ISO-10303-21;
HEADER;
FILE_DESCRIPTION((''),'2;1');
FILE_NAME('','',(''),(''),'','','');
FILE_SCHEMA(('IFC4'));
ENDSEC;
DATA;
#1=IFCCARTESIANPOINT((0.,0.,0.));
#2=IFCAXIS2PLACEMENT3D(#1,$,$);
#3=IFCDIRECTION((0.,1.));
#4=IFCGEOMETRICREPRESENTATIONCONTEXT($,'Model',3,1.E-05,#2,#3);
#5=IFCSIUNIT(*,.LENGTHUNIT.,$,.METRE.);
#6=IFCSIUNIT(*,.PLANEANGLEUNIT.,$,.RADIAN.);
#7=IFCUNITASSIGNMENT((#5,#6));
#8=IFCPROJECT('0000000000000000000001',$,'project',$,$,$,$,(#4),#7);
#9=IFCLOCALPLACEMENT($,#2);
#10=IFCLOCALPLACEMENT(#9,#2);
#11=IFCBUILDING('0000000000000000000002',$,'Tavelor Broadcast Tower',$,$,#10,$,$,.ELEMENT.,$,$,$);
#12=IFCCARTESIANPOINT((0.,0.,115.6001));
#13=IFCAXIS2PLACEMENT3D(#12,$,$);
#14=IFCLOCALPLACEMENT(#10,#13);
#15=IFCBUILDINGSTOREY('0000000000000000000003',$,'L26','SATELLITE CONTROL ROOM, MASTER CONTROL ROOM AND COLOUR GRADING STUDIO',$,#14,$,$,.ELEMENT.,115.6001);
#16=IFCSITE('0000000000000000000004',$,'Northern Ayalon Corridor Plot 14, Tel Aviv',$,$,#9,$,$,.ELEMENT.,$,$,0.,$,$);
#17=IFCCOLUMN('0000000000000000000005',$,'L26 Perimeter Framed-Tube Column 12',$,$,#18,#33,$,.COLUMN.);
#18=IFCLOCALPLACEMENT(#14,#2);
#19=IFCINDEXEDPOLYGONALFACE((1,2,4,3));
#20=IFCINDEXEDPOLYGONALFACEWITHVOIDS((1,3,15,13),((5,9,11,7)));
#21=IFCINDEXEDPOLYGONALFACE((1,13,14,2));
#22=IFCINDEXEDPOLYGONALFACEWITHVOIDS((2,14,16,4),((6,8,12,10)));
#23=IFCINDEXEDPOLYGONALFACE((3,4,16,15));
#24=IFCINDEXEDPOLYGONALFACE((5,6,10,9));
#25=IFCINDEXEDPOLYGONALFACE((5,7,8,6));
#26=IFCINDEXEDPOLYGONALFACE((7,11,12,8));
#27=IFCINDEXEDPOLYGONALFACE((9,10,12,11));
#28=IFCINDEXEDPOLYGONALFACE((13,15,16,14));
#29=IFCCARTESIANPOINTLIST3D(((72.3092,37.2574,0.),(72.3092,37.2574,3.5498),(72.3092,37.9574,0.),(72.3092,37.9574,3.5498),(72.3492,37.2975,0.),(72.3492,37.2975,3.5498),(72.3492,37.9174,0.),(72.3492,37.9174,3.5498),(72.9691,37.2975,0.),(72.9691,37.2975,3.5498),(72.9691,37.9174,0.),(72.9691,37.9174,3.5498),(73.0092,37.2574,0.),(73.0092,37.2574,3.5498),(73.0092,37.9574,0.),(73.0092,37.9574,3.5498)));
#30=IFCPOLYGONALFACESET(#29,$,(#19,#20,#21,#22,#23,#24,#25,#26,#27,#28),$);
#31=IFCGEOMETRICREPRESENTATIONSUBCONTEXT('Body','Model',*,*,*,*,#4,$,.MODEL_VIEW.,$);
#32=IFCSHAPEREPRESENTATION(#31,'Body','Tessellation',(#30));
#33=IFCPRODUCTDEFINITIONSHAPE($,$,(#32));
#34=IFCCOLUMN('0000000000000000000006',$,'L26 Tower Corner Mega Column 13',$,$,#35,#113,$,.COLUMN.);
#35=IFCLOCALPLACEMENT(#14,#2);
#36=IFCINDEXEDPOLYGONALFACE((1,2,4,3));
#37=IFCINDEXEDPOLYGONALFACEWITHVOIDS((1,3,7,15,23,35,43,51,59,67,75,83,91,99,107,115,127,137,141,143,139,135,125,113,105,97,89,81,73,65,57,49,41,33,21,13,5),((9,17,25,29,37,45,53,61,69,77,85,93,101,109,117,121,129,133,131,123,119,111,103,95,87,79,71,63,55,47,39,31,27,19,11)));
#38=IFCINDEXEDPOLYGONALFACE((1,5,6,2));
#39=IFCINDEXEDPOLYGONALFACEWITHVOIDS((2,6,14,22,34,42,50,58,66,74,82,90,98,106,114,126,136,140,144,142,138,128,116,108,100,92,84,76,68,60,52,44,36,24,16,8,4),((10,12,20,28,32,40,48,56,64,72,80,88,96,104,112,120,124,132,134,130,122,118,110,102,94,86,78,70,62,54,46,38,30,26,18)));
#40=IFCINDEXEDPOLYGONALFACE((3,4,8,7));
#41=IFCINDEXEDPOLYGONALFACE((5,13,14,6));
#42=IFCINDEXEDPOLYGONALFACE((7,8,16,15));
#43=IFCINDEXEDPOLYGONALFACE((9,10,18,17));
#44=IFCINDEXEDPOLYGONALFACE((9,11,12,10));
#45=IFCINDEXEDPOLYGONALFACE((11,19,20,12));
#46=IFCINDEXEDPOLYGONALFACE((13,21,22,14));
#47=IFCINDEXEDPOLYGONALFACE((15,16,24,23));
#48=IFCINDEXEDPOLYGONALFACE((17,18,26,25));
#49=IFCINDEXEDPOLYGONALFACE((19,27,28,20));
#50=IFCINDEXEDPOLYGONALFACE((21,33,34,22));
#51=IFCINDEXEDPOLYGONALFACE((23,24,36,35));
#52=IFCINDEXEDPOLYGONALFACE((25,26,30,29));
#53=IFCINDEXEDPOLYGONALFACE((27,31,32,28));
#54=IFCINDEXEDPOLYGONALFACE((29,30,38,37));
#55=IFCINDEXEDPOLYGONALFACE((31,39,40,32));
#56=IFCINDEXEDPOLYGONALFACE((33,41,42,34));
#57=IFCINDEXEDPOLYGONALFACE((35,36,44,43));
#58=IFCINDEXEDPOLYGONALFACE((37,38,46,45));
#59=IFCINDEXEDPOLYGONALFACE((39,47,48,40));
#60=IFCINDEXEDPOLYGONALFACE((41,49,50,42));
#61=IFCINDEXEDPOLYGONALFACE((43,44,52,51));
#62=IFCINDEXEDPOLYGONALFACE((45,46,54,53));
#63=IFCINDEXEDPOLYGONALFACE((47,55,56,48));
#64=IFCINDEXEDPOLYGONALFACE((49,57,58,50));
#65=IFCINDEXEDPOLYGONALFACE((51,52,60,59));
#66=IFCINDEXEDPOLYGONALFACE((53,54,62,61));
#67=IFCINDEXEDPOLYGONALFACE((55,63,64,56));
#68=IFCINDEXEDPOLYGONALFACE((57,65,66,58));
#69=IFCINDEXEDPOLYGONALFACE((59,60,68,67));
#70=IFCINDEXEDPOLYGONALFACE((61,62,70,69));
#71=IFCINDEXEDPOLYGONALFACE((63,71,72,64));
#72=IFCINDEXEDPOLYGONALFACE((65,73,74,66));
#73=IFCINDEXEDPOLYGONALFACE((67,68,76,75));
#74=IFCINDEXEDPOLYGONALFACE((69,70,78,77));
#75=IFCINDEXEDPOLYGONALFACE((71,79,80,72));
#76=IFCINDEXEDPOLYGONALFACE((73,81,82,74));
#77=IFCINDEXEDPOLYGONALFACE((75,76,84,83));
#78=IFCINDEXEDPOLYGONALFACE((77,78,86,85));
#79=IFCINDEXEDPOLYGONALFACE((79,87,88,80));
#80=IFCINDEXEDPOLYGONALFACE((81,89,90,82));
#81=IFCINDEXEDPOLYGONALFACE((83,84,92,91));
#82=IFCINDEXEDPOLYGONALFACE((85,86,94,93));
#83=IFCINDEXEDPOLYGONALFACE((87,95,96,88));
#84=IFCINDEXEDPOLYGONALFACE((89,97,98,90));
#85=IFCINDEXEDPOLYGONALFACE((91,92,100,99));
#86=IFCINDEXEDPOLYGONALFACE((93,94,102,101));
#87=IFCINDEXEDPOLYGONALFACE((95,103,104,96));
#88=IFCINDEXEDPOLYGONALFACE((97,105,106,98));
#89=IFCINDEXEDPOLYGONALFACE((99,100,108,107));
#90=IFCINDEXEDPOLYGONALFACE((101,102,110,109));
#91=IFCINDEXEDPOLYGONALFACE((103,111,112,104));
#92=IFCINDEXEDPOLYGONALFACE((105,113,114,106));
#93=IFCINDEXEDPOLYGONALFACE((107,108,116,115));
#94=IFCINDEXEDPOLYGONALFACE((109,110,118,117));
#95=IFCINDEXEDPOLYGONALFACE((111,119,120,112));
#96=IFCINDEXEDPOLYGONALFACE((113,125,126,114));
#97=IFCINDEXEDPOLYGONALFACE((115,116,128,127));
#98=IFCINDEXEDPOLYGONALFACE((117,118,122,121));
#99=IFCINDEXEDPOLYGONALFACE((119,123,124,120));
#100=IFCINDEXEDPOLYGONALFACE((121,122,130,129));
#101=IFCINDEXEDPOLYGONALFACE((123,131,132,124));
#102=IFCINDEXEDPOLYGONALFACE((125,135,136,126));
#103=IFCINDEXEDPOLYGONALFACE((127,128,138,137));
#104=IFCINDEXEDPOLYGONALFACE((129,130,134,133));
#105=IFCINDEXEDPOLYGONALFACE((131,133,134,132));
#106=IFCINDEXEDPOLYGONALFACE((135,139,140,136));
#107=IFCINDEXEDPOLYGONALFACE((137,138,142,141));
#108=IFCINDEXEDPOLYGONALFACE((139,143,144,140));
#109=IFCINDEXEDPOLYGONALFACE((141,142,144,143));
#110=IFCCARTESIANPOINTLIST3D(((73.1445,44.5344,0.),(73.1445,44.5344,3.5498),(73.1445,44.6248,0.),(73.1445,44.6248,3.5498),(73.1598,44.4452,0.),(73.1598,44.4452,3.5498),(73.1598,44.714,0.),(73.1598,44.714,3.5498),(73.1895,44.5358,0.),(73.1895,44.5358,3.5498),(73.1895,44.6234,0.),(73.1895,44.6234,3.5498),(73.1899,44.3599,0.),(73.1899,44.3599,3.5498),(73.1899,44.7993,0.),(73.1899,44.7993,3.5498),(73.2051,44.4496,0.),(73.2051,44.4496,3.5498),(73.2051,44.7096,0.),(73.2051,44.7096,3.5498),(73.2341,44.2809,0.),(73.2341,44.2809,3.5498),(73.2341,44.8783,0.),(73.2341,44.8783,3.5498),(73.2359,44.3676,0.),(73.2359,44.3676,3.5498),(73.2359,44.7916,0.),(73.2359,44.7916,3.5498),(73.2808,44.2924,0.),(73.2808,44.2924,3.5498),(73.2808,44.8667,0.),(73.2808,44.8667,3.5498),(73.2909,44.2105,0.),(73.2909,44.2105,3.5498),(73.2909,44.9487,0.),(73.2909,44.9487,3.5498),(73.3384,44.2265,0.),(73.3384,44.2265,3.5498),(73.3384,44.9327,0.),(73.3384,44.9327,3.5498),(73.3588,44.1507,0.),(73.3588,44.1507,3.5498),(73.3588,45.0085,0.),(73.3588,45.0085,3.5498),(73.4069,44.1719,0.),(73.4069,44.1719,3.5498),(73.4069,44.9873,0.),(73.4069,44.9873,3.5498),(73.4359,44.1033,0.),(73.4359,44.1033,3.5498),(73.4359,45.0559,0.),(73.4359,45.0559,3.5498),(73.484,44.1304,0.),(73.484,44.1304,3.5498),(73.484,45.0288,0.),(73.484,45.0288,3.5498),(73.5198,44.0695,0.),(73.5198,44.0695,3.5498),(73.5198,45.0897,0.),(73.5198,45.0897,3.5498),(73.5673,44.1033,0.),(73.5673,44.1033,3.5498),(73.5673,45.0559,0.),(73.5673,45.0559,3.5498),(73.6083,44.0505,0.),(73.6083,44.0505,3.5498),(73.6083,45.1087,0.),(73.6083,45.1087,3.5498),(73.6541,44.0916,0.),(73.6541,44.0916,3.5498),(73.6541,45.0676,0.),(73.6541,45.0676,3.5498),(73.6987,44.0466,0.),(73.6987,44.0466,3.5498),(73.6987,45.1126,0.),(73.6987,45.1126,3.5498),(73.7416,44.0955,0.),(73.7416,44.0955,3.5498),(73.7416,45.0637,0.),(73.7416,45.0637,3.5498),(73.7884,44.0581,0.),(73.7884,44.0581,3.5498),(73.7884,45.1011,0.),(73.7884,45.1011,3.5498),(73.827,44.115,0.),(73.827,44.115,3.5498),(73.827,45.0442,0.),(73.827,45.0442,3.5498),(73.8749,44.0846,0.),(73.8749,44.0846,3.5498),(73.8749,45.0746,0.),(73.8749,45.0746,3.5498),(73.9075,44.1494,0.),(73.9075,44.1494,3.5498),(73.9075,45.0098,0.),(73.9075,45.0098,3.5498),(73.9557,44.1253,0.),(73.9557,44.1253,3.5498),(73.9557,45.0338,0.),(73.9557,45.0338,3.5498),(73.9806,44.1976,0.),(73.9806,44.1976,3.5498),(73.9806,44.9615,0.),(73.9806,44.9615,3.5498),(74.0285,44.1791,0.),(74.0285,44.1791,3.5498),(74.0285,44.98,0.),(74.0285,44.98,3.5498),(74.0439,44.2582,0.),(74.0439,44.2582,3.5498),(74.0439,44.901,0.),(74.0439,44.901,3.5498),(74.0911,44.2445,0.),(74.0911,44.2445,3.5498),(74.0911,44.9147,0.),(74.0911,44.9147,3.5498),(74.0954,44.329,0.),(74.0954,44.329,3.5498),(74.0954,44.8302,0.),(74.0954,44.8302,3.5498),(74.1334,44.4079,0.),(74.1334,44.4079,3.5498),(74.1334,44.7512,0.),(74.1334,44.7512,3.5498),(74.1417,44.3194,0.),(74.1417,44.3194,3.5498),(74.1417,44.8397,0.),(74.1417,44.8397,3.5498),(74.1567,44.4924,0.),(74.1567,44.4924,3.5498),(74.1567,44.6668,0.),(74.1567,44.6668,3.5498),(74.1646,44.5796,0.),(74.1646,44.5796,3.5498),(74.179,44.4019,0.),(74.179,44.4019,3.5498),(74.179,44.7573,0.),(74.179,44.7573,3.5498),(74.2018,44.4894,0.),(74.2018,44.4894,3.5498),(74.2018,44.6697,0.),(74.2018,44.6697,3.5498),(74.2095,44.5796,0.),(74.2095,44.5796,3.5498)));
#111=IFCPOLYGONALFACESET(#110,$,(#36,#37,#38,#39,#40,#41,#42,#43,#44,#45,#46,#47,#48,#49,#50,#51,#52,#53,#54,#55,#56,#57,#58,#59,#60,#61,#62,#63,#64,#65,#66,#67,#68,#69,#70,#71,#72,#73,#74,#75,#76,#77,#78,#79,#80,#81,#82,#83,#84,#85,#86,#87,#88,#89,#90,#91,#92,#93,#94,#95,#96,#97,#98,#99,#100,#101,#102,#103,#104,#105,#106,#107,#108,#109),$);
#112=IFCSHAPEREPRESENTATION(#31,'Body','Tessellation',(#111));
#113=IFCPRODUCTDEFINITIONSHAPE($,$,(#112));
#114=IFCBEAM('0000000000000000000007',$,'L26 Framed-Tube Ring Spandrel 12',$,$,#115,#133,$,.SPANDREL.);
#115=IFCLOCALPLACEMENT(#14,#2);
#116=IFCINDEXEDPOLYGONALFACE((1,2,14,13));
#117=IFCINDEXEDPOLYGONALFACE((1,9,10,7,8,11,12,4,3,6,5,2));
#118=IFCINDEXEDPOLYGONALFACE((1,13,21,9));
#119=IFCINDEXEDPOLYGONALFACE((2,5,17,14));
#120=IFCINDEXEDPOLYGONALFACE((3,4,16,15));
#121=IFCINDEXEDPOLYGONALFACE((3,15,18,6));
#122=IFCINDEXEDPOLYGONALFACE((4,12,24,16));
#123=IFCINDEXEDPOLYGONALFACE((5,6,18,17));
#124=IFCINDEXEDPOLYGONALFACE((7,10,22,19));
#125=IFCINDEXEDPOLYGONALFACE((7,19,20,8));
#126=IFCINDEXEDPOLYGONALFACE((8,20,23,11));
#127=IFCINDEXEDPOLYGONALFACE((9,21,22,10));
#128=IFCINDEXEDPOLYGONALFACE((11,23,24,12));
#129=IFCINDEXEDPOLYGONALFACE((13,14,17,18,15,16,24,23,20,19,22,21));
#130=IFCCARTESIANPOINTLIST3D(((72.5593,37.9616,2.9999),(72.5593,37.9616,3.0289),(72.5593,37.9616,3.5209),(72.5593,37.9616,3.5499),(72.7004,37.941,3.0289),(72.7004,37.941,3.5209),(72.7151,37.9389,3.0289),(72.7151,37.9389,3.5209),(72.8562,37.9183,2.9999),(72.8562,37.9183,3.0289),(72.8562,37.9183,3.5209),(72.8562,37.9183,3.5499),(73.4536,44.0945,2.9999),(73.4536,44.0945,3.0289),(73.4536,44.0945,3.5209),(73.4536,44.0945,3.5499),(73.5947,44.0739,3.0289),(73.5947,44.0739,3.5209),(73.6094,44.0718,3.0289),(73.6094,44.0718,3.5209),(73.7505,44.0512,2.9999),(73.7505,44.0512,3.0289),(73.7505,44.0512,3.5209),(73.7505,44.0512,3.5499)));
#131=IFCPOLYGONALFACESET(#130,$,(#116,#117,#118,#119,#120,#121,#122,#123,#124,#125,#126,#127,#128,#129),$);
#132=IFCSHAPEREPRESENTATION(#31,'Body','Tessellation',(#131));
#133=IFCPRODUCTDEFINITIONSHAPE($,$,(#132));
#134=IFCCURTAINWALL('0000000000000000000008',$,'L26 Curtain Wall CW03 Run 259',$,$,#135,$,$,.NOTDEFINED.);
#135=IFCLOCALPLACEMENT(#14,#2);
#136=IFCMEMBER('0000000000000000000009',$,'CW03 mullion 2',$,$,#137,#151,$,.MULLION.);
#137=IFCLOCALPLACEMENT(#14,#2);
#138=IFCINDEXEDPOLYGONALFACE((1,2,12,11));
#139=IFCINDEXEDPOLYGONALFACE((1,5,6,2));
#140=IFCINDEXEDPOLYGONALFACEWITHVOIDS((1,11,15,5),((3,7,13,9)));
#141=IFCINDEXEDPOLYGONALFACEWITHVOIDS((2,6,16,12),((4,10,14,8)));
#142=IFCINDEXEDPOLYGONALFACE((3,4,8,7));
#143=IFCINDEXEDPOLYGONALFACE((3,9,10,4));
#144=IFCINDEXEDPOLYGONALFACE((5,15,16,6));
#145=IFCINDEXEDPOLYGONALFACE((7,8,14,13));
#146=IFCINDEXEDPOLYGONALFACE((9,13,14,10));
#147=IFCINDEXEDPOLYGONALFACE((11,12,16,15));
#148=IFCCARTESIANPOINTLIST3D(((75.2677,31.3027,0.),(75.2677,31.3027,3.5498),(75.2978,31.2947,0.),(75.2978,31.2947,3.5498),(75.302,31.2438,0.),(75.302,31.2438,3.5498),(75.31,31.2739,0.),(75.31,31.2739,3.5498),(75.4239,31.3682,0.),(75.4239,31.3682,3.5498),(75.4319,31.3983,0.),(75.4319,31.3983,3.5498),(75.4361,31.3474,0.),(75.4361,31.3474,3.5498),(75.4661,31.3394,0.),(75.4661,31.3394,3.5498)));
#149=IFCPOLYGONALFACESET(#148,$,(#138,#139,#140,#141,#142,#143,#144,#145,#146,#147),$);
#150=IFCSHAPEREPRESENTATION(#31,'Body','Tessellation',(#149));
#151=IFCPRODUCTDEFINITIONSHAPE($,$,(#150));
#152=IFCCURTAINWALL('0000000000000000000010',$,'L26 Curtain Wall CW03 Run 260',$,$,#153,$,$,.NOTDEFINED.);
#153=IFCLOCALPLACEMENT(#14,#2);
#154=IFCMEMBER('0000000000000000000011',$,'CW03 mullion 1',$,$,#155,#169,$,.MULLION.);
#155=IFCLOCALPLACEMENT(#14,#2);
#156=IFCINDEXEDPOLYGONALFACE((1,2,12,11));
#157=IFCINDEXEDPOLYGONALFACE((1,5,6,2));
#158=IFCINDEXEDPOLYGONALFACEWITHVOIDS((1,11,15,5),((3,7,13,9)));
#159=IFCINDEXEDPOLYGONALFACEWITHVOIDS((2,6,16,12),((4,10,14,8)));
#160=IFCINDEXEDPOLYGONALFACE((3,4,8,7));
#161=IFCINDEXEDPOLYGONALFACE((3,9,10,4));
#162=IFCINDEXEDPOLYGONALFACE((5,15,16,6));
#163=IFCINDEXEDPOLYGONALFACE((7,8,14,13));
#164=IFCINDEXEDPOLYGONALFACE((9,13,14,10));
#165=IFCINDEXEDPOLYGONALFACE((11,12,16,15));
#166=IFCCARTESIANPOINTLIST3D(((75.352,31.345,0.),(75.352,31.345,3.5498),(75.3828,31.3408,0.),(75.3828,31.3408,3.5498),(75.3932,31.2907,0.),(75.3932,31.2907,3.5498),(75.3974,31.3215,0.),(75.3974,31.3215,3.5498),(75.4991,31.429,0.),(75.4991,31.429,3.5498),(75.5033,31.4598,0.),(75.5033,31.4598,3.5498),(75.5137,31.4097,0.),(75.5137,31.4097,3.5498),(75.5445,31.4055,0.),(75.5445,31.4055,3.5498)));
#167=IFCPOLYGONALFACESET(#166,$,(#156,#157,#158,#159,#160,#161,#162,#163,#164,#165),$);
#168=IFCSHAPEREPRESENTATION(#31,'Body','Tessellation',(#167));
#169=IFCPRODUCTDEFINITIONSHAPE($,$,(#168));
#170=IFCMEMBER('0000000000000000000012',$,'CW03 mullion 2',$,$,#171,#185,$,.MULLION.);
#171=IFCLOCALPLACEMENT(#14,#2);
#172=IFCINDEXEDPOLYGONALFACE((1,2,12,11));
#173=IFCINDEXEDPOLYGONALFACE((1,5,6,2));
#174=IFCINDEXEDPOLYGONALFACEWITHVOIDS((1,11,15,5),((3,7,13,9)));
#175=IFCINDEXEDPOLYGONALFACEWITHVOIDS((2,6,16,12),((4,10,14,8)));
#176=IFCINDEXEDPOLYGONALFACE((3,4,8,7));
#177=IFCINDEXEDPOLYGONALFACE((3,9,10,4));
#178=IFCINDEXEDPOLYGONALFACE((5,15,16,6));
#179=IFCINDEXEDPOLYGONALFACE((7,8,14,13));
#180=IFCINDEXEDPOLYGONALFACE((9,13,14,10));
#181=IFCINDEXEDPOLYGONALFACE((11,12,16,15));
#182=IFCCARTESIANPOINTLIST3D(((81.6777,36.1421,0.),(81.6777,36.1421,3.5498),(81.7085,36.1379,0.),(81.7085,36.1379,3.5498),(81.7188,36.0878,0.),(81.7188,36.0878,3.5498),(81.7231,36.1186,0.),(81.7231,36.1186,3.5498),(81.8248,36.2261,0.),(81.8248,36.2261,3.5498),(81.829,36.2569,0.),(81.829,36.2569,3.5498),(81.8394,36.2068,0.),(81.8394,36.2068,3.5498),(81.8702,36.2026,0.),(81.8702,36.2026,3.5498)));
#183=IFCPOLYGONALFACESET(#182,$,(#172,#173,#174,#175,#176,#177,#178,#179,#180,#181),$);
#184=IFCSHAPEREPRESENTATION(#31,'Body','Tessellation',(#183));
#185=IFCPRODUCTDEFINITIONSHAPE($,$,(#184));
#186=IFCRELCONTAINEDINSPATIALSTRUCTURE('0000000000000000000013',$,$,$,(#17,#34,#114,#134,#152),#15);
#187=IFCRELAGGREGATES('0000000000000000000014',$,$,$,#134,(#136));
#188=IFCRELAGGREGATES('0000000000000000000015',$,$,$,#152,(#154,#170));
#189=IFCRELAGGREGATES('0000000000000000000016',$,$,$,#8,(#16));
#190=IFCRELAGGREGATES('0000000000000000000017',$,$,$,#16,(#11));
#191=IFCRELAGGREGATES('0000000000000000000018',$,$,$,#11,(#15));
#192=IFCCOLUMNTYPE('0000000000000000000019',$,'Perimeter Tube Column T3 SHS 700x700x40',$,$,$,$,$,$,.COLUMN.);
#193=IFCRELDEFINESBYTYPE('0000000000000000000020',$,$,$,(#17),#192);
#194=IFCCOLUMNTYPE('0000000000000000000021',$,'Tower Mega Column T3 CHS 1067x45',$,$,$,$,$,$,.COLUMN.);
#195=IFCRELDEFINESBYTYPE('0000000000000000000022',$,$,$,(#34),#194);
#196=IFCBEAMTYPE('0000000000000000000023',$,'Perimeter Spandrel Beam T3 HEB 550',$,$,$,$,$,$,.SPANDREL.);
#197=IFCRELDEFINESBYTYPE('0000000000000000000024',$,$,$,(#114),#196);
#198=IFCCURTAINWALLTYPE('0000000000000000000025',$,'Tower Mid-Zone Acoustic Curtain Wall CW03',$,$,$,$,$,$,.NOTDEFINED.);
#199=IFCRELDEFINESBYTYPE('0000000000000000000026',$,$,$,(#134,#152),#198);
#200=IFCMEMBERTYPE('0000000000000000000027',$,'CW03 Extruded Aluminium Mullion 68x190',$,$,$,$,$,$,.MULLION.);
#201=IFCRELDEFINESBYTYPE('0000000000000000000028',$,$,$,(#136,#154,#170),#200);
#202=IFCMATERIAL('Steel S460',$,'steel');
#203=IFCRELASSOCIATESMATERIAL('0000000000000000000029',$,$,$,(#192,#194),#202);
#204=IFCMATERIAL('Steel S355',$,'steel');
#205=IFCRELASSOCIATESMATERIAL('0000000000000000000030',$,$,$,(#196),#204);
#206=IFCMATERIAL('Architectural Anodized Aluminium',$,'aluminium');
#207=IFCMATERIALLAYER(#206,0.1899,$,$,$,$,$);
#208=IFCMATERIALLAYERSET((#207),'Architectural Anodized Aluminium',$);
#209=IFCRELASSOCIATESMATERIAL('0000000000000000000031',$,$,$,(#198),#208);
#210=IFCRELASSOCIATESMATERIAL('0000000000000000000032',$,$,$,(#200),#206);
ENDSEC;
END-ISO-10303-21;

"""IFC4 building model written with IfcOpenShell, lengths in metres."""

from ifc_helpers import new_model, si_unit, direction, frame, origin, origin_2d, place, context, subcontext, project, spatial, hollow_rectangle, hollow_circle, i_section, extrude, source, transform, mapped, material, layer, layer_set, material_profile, profile_set, type_object, type_shapes, element, aggregate, save


model = new_model("IFC4")

# Units and contexts
model_context = context("Model", 3, precision=1e-05, world=origin(), true_north=direction((0.0, 1.0)))
body_context = subcontext(model_context, "Body", "Model", "MODEL_VIEW")
ifc_project = project(units=[si_unit("LENGTHUNIT", "METRE"), si_unit("PLANEANGLEUNIT", "RADIAN")], contexts=[model_context])

# Site, building, storey
site_placement = place(None, origin())
site = spatial("IfcSite", under=ifc_project, at=site_placement, Name="Northern Ayalon Corridor Plot 14, Tel Aviv", CompositionType="ELEMENT", RefElevation=0.0)
building_placement = place(site_placement, origin())
building = spatial("IfcBuilding", under=site, at=building_placement, Name="Tavelor Broadcast Tower", CompositionType="ELEMENT")
storey_placement = place(building_placement, frame((0.0, 0.0, 115.6001)))
storey = spatial("IfcBuildingStorey", under=building, at=storey_placement, Name="L26", Description="SATELLITE CONTROL ROOM, MASTER CONTROL ROOM AND COLOUR GRADING STUDIO", CompositionType="ELEMENT", Elevation=115.6001)

# Columns
ifc_material_1 = material(Name="Steel S460", Category="steel")
ifc_material_profile_1 = material_profile(ifc_material_1, hollow_rectangle(XDim=0.7, YDim=0.7, WallThickness=0.04, at=origin_2d()), Name="SHS 700x700x40")
ifc_profile_set_1 = profile_set([ifc_material_profile_1], Name="Steel S460")
column_type_1 = type_object("IfcColumnType", Name="Perimeter Tube Column T3 SHS 700x700x40", PredefinedType="COLUMN", material=ifc_profile_set_1)
column_1_placement = place(storey_placement, frame((72.6592, 37.6074, 0.0), z_axis=(0.0, 0.0, 1.0), x_axis=(1.0, 0.0, 0.0)))
element("IfcColumn", 1, at=column_1_placement, inside=storey, type_object=column_type_1, Name="L26 Perimeter Framed-Tube Column 12", PredefinedType="COLUMN", context=body_context, shape_type="SweptSolid", body=[
    extrude(hollow_rectangle(XDim=0.7, YDim=0.7, WallThickness=0.04, at=origin_2d()), origin(), (0.0, 0.0, 1.0), 3.5498),
])
ifc_material_profile_2 = material_profile(ifc_material_1, hollow_circle(Radius=0.5334, WallThickness=0.0449, at=origin_2d()), Name="CHS 1067x45")
ifc_profile_set_2 = profile_set([ifc_material_profile_2], Name="Steel S460")
column_type_2 = type_object("IfcColumnType", Name="Tower Mega Column T3 CHS 1067x45", PredefinedType="COLUMN", material=ifc_profile_set_2)
column_2_placement = place(storey_placement, frame((73.676, 44.5796, 0.0), z_axis=(0.0, 0.0, 1.0), x_axis=(1.0, 0.0, 0.0)))
element("IfcColumn", 2, at=column_2_placement, inside=storey, type_object=column_type_2, Name="L26 Tower Corner Mega Column 13", PredefinedType="COLUMN", context=body_context, shape_type="SweptSolid", body=[
    extrude(hollow_circle(Radius=0.5334, WallThickness=0.0449, at=origin_2d()), origin(), (0.0, 0.0, 1.0), 3.5498),
])

# Beam
ifc_material_2 = material(Name="Steel S355", Category="steel")
ifc_material_profile_3 = material_profile(ifc_material_2, i_section(OverallWidth=0.3, OverallDepth=0.55, WebThickness=0.0149, FlangeThickness=0.0291, at=origin_2d()), Name="HEB 550")
ifc_profile_set_3 = profile_set([ifc_material_profile_3], Name="Steel S355")
beam_type = type_object("IfcBeamType", Name="Perimeter Spandrel Beam T3 HEB 550", PredefinedType="SPANDREL", material=ifc_profile_set_3)
beam_placement = place(storey_placement, frame((72.7078, 37.9399, 3.2749), z_axis=(0.144294, 0.989535, 0.0), x_axis=(-0.989535, 0.144294, 0.0)))
element("IfcBeam", 3, at=beam_placement, inside=storey, type_object=beam_type, Name="L26 Framed-Tube Ring Spandrel 12", PredefinedType="SPANDREL", context=body_context, shape_type="SweptSolid", body=[
    extrude(i_section(OverallWidth=0.3, OverallDepth=0.55, WebThickness=0.0149, FlangeThickness=0.0291, at=origin_2d()), origin(), (0.0, 0.0, 1.0), 6.1978),
])

# Curtain wall, member
ifc_material_3 = material(Name="Architectural Anodized Aluminium", Category="aluminium")
ifc_layer_1 = layer(ifc_material_3, 0.1899)
ifc_layer_set_1 = layer_set([ifc_layer_1], Name="Architectural Anodized Aluminium")
curtain_wall_type = type_object("IfcCurtainWallType", Name="Tower Mid-Zone Acoustic Curtain Wall CW03", PredefinedType="NOTDEFINED", material=ifc_layer_set_1)
curtain_wall_1_placement = place(storey_placement, origin())
curtain_wall_1 = element("IfcCurtainWall", 4, at=curtain_wall_1_placement, inside=storey, type_object=curtain_wall_type, Name="L26 Curtain Wall CW03 Run 259", PredefinedType="NOTDEFINED")
ifc_material_profile_4 = material_profile(ifc_material_3, hollow_rectangle(XDim=0.0681, YDim=0.1899, WallThickness=0.022, at=origin_2d()), Name="RHS 68x190x22")
ifc_profile_set_4 = profile_set([ifc_material_profile_4], Name="Architectural Anodized Aluminium")
member_type_1 = type_object("IfcMemberType", Name="CW03 Extruded Aluminium Mullion 68x190", PredefinedType="MULLION", material=ifc_profile_set_4)
shared_shape_1 = source(origin(), body_context, "Body", "SweptSolid", [
    extrude(hollow_rectangle(XDim=0.0681, YDim=0.1899, WallThickness=0.022, at=origin_2d()), origin(), (0.0, 0.0, 1.0), 3.5498),
])
type_shapes(member_type_1, [shared_shape_1])
member_1_placement = place(storey_placement, frame((75.3669, 31.321, 0.0), z_axis=(0.0, 0.0, 1.0), x_axis=(-0.503406, 0.86405, 0.0)))
member_1 = element("IfcMember", 5, at=member_1_placement, type_object=member_type_1, Name="CW03 mullion 2", PredefinedType="MULLION", context=body_context, shape_type="MappedRepresentation", body=[
    mapped(shared_shape_1, transform((0.0, 0.0, 0.0), scale=1.0)),
])

# Curtain wall, members
curtain_wall_2_placement = place(storey_placement, origin())
curtain_wall_2 = element("IfcCurtainWall", 6, at=curtain_wall_2_placement, inside=storey, type_object=curtain_wall_type, Name="L26 Curtain Wall CW03 Run 260", PredefinedType="NOTDEFINED")
member_2_placement = place(storey_placement, frame((75.4482, 31.3752, 0.0), z_axis=(0.0, 0.0, 1.0), x_axis=(-0.604262, 0.796786, 0.0)))
member_2 = element("IfcMember", 7, at=member_2_placement, type_object=member_type_1, Name="CW03 mullion 1", PredefinedType="MULLION", context=body_context, shape_type="MappedRepresentation", body=[
    mapped(shared_shape_1, transform((0.0, 0.0, 0.0), scale=1.0)),
])
member_3_placement = place(storey_placement, frame((81.7739, 36.1724, 0.0), z_axis=(0.0, 0.0, 1.0), x_axis=(-0.604262, 0.796786, 0.0)))
member_3 = element("IfcMember", 8, at=member_3_placement, type_object=member_type_1, Name="CW03 mullion 2", PredefinedType="MULLION", context=body_context, shape_type="MappedRepresentation", body=[
    mapped(shared_shape_1, transform((0.0, 0.0, 0.0), scale=1.0)),
])

aggregate(curtain_wall_1, [member_1])
aggregate(curtain_wall_2, [member_2, member_3])

save(model, "model.ifc")
